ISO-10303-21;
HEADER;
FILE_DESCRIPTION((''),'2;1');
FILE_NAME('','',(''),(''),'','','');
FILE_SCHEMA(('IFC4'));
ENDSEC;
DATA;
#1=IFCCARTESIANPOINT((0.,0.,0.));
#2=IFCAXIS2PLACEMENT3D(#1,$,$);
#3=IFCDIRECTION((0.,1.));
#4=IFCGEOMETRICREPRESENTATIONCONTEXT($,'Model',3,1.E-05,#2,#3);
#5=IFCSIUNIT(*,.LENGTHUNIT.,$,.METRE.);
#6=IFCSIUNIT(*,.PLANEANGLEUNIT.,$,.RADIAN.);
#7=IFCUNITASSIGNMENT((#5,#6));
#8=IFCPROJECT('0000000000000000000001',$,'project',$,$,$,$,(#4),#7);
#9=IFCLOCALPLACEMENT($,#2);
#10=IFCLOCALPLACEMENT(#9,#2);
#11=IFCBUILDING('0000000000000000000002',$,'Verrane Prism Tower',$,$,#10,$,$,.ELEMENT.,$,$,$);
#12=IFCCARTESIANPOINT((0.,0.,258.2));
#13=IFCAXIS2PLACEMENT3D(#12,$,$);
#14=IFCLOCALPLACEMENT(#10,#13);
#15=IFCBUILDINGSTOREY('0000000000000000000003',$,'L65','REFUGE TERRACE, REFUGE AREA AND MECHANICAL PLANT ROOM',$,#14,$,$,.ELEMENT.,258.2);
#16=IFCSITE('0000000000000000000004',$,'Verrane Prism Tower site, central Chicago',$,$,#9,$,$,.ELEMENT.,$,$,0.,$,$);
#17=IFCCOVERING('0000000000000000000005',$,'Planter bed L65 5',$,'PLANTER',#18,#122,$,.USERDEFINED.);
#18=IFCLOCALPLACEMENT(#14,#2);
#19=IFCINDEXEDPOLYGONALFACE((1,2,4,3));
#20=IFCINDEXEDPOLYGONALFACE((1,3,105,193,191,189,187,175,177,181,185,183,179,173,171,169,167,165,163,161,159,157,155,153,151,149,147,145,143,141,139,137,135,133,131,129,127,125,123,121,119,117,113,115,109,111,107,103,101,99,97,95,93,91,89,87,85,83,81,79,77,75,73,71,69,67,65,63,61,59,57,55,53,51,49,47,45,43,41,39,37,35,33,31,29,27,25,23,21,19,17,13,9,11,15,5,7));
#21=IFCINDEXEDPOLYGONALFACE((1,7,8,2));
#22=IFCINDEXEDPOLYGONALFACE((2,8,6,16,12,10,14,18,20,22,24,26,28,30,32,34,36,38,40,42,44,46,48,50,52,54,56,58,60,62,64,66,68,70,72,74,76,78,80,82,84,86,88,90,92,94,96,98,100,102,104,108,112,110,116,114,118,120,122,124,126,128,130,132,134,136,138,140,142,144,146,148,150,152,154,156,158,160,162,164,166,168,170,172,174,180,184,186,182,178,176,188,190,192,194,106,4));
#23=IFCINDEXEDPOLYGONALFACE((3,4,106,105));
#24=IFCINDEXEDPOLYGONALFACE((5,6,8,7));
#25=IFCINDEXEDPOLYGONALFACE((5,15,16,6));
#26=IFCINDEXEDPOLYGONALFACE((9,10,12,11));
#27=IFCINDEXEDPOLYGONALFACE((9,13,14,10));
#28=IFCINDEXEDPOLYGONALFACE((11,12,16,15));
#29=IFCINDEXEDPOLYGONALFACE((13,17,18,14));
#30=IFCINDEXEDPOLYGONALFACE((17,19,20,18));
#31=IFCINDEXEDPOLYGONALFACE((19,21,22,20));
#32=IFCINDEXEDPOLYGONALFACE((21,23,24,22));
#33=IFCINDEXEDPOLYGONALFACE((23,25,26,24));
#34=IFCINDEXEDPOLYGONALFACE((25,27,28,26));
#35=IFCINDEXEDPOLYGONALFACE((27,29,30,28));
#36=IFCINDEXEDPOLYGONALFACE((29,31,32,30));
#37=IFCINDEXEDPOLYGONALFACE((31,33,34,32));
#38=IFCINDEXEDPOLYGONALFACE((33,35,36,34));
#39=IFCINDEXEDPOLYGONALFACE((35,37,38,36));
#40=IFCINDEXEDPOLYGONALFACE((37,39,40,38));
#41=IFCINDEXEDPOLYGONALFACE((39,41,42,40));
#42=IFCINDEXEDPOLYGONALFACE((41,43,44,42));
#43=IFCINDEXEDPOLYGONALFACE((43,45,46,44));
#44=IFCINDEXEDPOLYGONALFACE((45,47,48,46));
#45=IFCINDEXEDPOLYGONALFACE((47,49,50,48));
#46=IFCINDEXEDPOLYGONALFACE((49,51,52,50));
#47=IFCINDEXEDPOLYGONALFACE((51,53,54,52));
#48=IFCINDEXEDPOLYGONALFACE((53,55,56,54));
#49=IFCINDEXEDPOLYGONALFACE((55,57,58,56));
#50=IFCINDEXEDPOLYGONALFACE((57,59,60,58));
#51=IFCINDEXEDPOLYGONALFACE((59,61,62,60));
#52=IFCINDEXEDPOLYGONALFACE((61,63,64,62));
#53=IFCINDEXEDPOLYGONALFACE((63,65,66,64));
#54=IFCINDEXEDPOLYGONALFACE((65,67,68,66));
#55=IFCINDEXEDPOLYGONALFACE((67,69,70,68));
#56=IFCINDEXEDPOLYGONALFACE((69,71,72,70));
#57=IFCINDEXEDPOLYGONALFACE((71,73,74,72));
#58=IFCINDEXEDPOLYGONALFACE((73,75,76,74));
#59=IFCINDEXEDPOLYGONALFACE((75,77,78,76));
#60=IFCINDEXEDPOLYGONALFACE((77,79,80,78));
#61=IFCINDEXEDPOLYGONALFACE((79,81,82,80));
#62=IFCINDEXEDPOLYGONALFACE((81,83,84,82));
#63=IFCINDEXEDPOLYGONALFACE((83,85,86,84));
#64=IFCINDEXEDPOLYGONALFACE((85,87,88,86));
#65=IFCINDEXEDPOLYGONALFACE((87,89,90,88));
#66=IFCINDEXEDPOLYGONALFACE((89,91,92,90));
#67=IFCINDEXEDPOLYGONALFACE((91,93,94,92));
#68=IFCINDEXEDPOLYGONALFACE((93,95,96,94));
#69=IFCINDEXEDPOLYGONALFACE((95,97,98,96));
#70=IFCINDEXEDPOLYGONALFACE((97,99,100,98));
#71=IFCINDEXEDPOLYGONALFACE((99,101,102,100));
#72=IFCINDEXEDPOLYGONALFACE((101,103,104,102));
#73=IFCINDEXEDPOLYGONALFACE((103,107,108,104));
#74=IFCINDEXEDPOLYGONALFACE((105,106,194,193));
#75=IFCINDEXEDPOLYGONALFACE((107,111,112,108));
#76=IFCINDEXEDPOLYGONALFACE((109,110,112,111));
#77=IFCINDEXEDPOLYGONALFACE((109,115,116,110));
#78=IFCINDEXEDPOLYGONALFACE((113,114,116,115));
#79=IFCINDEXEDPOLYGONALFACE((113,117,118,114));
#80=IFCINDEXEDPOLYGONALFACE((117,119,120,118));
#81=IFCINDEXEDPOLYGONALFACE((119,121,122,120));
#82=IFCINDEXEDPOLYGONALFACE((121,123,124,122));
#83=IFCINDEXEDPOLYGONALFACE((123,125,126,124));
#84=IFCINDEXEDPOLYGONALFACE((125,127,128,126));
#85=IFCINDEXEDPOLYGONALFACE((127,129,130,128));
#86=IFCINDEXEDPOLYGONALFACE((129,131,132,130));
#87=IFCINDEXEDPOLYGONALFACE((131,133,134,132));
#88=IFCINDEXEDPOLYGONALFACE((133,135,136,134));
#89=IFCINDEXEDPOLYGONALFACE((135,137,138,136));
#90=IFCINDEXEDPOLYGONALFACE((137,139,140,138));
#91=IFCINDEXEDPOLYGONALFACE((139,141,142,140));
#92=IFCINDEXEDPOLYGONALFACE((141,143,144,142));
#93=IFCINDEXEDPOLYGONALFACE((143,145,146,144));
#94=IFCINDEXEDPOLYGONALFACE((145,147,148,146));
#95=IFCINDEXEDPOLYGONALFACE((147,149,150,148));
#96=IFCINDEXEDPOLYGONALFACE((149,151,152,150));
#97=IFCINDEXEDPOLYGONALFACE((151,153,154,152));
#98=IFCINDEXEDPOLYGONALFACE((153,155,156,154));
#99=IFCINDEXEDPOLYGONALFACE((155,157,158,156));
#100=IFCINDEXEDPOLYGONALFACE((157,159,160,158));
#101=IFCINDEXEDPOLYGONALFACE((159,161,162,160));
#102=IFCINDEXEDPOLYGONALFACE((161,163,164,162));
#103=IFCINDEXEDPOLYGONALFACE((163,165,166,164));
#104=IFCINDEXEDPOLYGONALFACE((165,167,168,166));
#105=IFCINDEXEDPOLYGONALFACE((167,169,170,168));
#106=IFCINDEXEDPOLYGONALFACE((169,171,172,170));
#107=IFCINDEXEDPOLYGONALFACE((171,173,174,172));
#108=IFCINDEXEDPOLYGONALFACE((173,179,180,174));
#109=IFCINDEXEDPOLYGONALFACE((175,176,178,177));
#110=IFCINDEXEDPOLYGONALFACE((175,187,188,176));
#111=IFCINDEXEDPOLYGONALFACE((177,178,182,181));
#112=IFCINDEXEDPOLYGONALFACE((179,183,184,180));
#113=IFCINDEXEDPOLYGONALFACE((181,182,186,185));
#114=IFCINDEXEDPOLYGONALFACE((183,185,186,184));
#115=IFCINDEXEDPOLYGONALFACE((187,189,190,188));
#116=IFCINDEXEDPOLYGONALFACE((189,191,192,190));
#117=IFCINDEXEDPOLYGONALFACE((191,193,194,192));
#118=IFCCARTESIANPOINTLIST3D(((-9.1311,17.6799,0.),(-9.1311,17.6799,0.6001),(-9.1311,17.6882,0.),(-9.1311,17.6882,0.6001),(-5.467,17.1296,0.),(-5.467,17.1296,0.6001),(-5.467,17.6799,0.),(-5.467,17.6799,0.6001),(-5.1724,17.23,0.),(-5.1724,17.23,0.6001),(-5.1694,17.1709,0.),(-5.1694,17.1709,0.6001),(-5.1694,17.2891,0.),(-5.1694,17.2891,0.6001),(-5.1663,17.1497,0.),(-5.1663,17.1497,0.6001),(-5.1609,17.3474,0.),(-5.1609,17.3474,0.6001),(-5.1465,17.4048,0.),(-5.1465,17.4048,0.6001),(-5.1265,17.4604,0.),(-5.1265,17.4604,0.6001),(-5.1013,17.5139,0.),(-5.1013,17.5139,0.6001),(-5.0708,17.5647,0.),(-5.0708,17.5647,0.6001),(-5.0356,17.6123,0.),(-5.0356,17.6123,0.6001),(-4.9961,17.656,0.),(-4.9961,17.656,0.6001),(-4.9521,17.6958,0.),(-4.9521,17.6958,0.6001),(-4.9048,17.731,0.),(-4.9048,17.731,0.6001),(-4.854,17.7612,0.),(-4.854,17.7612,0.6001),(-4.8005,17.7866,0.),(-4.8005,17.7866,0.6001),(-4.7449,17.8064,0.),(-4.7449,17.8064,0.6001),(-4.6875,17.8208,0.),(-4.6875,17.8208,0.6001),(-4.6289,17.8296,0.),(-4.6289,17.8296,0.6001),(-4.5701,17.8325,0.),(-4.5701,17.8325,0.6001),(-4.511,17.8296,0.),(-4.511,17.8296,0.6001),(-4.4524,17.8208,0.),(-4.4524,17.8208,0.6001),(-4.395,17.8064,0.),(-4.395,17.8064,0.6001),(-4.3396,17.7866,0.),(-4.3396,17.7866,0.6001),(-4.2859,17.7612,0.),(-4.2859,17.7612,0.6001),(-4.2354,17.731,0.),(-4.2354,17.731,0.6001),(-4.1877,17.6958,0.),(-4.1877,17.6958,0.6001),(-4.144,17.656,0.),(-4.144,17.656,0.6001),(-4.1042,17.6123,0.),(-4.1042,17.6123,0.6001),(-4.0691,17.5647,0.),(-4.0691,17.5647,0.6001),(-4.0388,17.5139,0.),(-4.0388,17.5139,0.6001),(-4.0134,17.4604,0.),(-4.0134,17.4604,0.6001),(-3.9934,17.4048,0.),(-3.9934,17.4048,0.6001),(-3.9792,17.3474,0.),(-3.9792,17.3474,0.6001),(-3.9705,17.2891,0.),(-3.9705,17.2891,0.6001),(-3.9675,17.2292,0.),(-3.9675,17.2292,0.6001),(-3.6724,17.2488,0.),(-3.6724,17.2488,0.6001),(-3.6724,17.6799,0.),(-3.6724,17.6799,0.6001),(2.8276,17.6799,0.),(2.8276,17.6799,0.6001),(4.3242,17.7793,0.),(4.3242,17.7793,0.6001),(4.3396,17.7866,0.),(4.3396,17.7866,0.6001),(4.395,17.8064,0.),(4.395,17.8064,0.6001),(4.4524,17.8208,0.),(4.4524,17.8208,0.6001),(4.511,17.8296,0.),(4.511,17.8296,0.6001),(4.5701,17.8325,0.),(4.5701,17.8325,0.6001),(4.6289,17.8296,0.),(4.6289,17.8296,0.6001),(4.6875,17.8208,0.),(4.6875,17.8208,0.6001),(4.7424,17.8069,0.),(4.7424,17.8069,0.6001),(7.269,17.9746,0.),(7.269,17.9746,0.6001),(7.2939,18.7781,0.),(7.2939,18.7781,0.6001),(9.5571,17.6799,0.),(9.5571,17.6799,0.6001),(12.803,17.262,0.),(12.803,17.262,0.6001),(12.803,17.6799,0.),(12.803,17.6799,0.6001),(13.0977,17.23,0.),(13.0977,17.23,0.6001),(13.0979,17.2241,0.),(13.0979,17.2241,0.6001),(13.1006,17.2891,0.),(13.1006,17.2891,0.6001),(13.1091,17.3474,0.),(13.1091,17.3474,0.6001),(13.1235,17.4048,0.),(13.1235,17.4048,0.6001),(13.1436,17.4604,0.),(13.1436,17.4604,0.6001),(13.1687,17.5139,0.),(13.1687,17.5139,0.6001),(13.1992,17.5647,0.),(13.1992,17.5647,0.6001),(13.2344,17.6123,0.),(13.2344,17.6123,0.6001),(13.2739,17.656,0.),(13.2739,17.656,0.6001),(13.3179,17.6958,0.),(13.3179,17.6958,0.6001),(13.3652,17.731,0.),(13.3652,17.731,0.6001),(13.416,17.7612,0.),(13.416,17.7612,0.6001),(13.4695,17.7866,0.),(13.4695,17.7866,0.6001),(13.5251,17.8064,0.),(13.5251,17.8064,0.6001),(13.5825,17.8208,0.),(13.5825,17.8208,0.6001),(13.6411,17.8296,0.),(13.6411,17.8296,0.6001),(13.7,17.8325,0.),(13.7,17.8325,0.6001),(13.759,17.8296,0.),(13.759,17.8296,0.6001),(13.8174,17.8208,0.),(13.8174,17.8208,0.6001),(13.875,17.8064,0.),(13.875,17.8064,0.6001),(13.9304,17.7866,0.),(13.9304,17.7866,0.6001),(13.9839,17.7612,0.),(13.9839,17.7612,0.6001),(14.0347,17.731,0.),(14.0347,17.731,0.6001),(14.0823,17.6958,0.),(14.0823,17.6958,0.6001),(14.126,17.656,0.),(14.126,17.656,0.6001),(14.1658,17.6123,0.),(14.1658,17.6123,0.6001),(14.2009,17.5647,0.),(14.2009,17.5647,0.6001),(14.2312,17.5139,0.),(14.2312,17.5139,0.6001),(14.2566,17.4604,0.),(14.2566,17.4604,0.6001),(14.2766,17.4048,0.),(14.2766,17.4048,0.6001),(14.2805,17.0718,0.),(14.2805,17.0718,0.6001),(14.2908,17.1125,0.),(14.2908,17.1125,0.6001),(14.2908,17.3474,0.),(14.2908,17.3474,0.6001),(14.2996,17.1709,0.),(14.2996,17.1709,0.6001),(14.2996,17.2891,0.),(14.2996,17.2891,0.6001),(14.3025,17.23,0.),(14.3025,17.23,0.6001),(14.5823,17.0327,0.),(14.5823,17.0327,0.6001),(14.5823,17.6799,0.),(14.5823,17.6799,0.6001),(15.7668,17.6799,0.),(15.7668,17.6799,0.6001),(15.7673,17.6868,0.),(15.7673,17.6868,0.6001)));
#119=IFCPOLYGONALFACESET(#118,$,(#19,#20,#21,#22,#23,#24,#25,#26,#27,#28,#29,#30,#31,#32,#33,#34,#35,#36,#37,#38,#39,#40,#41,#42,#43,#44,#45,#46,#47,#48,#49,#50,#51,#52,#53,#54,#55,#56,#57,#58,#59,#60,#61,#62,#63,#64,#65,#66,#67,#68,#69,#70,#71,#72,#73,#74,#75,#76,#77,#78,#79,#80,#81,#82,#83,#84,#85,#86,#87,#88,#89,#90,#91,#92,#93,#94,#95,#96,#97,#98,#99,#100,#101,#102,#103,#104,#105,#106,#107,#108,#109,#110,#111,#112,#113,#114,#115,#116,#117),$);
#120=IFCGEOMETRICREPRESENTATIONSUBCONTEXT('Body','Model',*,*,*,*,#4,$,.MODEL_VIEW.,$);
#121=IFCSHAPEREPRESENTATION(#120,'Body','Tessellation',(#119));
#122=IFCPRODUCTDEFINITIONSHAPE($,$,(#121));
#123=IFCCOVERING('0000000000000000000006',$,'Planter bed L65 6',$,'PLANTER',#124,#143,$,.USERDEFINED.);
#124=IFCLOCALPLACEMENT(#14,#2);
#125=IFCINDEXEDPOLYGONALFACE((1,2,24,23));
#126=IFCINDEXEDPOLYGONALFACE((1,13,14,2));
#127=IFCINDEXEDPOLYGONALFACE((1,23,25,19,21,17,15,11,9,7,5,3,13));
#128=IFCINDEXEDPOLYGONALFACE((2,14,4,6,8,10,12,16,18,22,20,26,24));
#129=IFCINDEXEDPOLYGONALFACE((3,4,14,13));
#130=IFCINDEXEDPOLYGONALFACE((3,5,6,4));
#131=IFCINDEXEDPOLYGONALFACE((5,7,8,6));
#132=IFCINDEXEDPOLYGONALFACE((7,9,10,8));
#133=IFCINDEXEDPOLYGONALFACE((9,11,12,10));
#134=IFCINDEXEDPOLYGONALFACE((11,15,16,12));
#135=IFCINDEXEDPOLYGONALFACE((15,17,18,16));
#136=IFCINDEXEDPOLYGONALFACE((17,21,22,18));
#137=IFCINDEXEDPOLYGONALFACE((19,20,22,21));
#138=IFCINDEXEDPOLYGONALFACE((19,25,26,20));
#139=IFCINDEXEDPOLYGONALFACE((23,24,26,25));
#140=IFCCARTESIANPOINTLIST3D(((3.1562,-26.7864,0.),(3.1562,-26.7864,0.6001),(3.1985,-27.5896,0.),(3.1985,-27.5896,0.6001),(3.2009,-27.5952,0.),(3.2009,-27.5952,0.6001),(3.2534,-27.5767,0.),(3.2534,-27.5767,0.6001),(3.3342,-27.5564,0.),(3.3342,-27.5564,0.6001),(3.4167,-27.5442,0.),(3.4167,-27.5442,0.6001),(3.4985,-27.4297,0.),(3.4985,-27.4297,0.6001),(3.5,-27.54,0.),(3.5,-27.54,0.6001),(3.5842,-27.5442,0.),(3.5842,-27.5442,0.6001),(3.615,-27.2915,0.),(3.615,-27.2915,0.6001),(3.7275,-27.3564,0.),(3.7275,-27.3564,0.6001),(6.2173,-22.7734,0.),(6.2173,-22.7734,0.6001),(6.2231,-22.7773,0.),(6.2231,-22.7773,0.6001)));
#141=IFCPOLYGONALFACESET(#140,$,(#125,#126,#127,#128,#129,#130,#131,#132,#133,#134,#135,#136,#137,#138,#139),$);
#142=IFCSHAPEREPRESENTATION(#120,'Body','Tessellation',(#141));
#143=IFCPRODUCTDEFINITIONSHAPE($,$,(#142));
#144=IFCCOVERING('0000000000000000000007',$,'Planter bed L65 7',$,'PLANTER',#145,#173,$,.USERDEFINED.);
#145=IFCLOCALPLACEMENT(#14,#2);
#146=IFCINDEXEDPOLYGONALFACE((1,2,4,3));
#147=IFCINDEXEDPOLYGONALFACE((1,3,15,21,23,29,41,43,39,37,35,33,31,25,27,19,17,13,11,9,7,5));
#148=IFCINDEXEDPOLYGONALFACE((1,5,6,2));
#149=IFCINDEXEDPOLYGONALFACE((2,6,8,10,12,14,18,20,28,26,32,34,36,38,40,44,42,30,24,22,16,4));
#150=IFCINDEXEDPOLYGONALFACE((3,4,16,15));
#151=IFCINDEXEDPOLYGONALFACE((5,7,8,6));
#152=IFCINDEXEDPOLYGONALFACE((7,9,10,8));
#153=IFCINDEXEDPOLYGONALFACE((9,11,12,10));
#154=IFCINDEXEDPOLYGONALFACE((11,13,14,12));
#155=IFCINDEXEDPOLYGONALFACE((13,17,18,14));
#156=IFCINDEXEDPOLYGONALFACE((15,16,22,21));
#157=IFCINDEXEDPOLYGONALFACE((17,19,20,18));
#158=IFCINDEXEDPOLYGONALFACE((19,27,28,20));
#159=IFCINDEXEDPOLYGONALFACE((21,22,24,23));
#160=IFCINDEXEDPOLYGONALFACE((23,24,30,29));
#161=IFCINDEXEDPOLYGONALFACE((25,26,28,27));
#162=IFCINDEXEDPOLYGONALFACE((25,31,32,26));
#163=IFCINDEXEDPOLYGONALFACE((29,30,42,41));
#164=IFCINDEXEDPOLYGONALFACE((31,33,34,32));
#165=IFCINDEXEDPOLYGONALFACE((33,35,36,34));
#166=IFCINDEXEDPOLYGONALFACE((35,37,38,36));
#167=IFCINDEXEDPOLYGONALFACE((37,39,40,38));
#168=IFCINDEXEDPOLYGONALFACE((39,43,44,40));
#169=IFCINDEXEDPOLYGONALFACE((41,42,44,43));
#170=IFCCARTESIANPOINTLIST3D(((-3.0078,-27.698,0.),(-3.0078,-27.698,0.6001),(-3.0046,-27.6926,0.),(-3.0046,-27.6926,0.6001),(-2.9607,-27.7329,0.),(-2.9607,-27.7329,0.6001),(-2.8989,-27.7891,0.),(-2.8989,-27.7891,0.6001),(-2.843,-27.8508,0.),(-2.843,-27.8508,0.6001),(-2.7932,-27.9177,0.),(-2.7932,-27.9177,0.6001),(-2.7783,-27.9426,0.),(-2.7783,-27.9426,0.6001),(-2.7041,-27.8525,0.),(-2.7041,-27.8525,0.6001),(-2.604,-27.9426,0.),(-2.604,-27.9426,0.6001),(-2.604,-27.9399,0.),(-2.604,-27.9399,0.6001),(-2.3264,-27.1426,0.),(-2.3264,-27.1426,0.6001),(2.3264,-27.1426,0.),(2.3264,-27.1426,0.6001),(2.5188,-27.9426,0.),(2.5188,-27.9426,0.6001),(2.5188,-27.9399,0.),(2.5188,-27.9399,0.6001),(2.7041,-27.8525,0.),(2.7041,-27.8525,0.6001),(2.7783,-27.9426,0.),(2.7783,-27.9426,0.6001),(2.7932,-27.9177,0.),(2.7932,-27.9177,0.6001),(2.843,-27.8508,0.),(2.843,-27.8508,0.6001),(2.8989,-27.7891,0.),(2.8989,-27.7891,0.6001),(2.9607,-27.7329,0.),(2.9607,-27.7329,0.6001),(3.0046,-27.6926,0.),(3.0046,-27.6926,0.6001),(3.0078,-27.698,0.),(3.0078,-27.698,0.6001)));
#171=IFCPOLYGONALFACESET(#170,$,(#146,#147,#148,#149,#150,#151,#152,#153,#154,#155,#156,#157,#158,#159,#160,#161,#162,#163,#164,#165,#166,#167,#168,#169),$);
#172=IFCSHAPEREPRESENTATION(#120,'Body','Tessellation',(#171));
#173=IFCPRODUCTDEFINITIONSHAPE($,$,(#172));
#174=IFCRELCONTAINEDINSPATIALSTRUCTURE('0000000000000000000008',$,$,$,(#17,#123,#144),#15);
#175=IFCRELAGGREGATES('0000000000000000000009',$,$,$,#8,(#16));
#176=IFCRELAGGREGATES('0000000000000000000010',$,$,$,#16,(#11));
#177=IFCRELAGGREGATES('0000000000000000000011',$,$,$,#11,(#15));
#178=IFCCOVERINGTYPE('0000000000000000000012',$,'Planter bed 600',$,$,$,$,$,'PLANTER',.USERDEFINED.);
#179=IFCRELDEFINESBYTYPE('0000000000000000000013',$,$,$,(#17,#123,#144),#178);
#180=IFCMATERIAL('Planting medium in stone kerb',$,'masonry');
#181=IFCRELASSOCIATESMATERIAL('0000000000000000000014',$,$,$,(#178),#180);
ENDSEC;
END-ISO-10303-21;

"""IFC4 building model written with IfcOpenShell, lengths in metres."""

from ifc_helpers import new_model, si_unit, direction, frame, origin, place, context, subcontext, project, spatial, polyline, outline, extrude, material, type_object, element, save


model = new_model("IFC4")

# Units and contexts
model_context = context("Model", 3, precision=1e-05, world=origin(), true_north=direction((0.0, 1.0)))
body_context = subcontext(model_context, "Body", "Model", "MODEL_VIEW")
ifc_project = project(units=[si_unit("LENGTHUNIT", "METRE"), si_unit("PLANEANGLEUNIT", "RADIAN")], contexts=[model_context])

# Site, building, storey
site_placement = place(None, origin())
site = spatial("IfcSite", under=ifc_project, at=site_placement, Name="Verrane Prism Tower site, central Chicago", CompositionType="ELEMENT", RefElevation=0.0)
building_placement = place(site_placement, origin())
building = spatial("IfcBuilding", under=site, at=building_placement, Name="Verrane Prism Tower", CompositionType="ELEMENT")
storey_placement = place(building_placement, frame((0.0, 0.0, 258.2)))
storey = spatial("IfcBuildingStorey", under=building, at=storey_placement, Name="L65", Description="REFUGE TERRACE, REFUGE AREA AND MECHANICAL PLANT ROOM", CompositionType="ELEMENT", Elevation=258.2)

# Coverings
ifc_material_1 = material(Name="Planting medium in stone kerb", Category="masonry")
covering_type_1 = type_object("IfcCoveringType", Name="Planter bed 600", ElementType="PLANTER", PredefinedType="USERDEFINED", material=ifc_material_1)
covering_1_placement = place(storey_placement, origin())
element("IfcCovering", 1, at=covering_1_placement, inside=storey, type_object=covering_type_1, Name="Planter bed L65 5", ObjectType="PLANTER", PredefinedType="USERDEFINED", context=body_context, shape_type="SweptSolid", body=[
    extrude(outline(polyline([(-3.6724, 17.2488), (-3.6724, 17.6799), (2.8276, 17.6799), (4.3242, 17.7793), (4.3396, 17.7866), (4.395, 17.8064), (4.4524, 17.8208), (4.511, 17.8296), (4.5701, 17.8325), (4.6289, 17.8296), (4.6875, 17.8208), (4.7424, 17.8069), (7.269, 17.9746), (9.5571, 17.6799), (12.803, 17.6799), (12.803, 17.262), (13.0979, 17.2241), (13.0977, 17.23), (13.1006, 17.2891), (13.1091, 17.3474), (13.1235, 17.4048), (13.1436, 17.4604), (13.1687, 17.5139), (13.1992, 17.5647), (13.2344, 17.6123), (13.2739, 17.656), (13.3179, 17.6958), (13.3652, 17.731), (13.416, 17.7612), (13.4695, 17.7866), (13.5251, 17.8064), (13.5825, 17.8208), (13.6411, 17.8296), (13.7, 17.8325), (13.759, 17.8296), (13.8174, 17.8208), (13.875, 17.8064), (13.9304, 17.7866), (13.9839, 17.7612), (14.0347, 17.731), (14.0823, 17.6958), (14.126, 17.656), (14.1658, 17.6123), (14.2009, 17.5647), (14.2312, 17.5139), (14.2566, 17.4604), (14.2766, 17.4048), (14.2908, 17.3474), (14.2996, 17.2891), (14.3025, 17.23), (14.2996, 17.1709), (14.2908, 17.1125), (14.2805, 17.0718), (14.5823, 17.0327), (14.5823, 17.6799), (15.7668, 17.6799), (15.7673, 17.6868), (7.2939, 18.7781), (-9.1311, 17.6882), (-9.1311, 17.6799), (-5.467, 17.6799), (-5.467, 17.1296), (-5.1663, 17.1497), (-5.1694, 17.1709), (-5.1724, 17.23), (-5.1694, 17.2891), (-5.1609, 17.3474), (-5.1465, 17.4048), (-5.1265, 17.4604), (-5.1013, 17.5139), (-5.0708, 17.5647), (-5.0356, 17.6123), (-4.9961, 17.656), (-4.9521, 17.6958), (-4.9048, 17.731), (-4.854, 17.7612), (-4.8005, 17.7866), (-4.7449, 17.8064), (-4.6875, 17.8208), (-4.6289, 17.8296), (-4.5701, 17.8325), (-4.511, 17.8296), (-4.4524, 17.8208), (-4.395, 17.8064), (-4.3396, 17.7866), (-4.2859, 17.7612), (-4.2354, 17.731), (-4.1877, 17.6958), (-4.144, 17.656), (-4.1042, 17.6123), (-4.0691, 17.5647), (-4.0388, 17.5139), (-4.0134, 17.4604), (-3.9934, 17.4048), (-3.9792, 17.3474), (-3.9705, 17.2891), (-3.9675, 17.2292), (-3.6724, 17.2488)])), origin(), (0.0, 0.0, 1.0), 0.6001),
])
covering_2_placement = place(storey_placement, origin())
element("IfcCovering", 2, at=covering_2_placement, inside=storey, type_object=covering_type_1, Name="Planter bed L65 6", ObjectType="PLANTER", PredefinedType="USERDEFINED", context=body_context, shape_type="SweptSolid", body=[
    extrude(outline(polyline([(3.2534, -27.5767), (3.3342, -27.5564), (3.4167, -27.5442), (3.5, -27.54), (3.5842, -27.5442), (3.7275, -27.3564), (3.615, -27.2915), (6.2231, -22.7773), (6.2173, -22.7734), (3.1562, -26.7864), (3.4985, -27.4297), (3.1985, -27.5896), (3.2009, -27.5952), (3.2534, -27.5767)])), origin(), (0.0, 0.0, 1.0), 0.6001),
])
covering_3_placement = place(storey_placement, origin())
element("IfcCovering", 3, at=covering_3_placement, inside=storey, type_object=covering_type_1, Name="Planter bed L65 7", ObjectType="PLANTER", PredefinedType="USERDEFINED", context=body_context, shape_type="SweptSolid", body=[
    extrude(outline(polyline([(-2.9607, -27.7329), (-2.8989, -27.7891), (-2.843, -27.8508), (-2.7932, -27.9177), (-2.7783, -27.9426), (-2.604, -27.9426), (-2.604, -27.9399), (2.5188, -27.9399), (2.5188, -27.9426), (2.7783, -27.9426), (2.7932, -27.9177), (2.843, -27.8508), (2.8989, -27.7891), (2.9607, -27.7329), (3.0078, -27.698), (3.0046, -27.6926), (2.7041, -27.8525), (2.3264, -27.1426), (-2.3264, -27.1426), (-2.7041, -27.8525), (-3.0046, -27.6926), (-3.0078, -27.698), (-2.9607, -27.7329)])), origin(), (0.0, 0.0, 1.0), 0.6001),
])

save(model, "model.ifc")
